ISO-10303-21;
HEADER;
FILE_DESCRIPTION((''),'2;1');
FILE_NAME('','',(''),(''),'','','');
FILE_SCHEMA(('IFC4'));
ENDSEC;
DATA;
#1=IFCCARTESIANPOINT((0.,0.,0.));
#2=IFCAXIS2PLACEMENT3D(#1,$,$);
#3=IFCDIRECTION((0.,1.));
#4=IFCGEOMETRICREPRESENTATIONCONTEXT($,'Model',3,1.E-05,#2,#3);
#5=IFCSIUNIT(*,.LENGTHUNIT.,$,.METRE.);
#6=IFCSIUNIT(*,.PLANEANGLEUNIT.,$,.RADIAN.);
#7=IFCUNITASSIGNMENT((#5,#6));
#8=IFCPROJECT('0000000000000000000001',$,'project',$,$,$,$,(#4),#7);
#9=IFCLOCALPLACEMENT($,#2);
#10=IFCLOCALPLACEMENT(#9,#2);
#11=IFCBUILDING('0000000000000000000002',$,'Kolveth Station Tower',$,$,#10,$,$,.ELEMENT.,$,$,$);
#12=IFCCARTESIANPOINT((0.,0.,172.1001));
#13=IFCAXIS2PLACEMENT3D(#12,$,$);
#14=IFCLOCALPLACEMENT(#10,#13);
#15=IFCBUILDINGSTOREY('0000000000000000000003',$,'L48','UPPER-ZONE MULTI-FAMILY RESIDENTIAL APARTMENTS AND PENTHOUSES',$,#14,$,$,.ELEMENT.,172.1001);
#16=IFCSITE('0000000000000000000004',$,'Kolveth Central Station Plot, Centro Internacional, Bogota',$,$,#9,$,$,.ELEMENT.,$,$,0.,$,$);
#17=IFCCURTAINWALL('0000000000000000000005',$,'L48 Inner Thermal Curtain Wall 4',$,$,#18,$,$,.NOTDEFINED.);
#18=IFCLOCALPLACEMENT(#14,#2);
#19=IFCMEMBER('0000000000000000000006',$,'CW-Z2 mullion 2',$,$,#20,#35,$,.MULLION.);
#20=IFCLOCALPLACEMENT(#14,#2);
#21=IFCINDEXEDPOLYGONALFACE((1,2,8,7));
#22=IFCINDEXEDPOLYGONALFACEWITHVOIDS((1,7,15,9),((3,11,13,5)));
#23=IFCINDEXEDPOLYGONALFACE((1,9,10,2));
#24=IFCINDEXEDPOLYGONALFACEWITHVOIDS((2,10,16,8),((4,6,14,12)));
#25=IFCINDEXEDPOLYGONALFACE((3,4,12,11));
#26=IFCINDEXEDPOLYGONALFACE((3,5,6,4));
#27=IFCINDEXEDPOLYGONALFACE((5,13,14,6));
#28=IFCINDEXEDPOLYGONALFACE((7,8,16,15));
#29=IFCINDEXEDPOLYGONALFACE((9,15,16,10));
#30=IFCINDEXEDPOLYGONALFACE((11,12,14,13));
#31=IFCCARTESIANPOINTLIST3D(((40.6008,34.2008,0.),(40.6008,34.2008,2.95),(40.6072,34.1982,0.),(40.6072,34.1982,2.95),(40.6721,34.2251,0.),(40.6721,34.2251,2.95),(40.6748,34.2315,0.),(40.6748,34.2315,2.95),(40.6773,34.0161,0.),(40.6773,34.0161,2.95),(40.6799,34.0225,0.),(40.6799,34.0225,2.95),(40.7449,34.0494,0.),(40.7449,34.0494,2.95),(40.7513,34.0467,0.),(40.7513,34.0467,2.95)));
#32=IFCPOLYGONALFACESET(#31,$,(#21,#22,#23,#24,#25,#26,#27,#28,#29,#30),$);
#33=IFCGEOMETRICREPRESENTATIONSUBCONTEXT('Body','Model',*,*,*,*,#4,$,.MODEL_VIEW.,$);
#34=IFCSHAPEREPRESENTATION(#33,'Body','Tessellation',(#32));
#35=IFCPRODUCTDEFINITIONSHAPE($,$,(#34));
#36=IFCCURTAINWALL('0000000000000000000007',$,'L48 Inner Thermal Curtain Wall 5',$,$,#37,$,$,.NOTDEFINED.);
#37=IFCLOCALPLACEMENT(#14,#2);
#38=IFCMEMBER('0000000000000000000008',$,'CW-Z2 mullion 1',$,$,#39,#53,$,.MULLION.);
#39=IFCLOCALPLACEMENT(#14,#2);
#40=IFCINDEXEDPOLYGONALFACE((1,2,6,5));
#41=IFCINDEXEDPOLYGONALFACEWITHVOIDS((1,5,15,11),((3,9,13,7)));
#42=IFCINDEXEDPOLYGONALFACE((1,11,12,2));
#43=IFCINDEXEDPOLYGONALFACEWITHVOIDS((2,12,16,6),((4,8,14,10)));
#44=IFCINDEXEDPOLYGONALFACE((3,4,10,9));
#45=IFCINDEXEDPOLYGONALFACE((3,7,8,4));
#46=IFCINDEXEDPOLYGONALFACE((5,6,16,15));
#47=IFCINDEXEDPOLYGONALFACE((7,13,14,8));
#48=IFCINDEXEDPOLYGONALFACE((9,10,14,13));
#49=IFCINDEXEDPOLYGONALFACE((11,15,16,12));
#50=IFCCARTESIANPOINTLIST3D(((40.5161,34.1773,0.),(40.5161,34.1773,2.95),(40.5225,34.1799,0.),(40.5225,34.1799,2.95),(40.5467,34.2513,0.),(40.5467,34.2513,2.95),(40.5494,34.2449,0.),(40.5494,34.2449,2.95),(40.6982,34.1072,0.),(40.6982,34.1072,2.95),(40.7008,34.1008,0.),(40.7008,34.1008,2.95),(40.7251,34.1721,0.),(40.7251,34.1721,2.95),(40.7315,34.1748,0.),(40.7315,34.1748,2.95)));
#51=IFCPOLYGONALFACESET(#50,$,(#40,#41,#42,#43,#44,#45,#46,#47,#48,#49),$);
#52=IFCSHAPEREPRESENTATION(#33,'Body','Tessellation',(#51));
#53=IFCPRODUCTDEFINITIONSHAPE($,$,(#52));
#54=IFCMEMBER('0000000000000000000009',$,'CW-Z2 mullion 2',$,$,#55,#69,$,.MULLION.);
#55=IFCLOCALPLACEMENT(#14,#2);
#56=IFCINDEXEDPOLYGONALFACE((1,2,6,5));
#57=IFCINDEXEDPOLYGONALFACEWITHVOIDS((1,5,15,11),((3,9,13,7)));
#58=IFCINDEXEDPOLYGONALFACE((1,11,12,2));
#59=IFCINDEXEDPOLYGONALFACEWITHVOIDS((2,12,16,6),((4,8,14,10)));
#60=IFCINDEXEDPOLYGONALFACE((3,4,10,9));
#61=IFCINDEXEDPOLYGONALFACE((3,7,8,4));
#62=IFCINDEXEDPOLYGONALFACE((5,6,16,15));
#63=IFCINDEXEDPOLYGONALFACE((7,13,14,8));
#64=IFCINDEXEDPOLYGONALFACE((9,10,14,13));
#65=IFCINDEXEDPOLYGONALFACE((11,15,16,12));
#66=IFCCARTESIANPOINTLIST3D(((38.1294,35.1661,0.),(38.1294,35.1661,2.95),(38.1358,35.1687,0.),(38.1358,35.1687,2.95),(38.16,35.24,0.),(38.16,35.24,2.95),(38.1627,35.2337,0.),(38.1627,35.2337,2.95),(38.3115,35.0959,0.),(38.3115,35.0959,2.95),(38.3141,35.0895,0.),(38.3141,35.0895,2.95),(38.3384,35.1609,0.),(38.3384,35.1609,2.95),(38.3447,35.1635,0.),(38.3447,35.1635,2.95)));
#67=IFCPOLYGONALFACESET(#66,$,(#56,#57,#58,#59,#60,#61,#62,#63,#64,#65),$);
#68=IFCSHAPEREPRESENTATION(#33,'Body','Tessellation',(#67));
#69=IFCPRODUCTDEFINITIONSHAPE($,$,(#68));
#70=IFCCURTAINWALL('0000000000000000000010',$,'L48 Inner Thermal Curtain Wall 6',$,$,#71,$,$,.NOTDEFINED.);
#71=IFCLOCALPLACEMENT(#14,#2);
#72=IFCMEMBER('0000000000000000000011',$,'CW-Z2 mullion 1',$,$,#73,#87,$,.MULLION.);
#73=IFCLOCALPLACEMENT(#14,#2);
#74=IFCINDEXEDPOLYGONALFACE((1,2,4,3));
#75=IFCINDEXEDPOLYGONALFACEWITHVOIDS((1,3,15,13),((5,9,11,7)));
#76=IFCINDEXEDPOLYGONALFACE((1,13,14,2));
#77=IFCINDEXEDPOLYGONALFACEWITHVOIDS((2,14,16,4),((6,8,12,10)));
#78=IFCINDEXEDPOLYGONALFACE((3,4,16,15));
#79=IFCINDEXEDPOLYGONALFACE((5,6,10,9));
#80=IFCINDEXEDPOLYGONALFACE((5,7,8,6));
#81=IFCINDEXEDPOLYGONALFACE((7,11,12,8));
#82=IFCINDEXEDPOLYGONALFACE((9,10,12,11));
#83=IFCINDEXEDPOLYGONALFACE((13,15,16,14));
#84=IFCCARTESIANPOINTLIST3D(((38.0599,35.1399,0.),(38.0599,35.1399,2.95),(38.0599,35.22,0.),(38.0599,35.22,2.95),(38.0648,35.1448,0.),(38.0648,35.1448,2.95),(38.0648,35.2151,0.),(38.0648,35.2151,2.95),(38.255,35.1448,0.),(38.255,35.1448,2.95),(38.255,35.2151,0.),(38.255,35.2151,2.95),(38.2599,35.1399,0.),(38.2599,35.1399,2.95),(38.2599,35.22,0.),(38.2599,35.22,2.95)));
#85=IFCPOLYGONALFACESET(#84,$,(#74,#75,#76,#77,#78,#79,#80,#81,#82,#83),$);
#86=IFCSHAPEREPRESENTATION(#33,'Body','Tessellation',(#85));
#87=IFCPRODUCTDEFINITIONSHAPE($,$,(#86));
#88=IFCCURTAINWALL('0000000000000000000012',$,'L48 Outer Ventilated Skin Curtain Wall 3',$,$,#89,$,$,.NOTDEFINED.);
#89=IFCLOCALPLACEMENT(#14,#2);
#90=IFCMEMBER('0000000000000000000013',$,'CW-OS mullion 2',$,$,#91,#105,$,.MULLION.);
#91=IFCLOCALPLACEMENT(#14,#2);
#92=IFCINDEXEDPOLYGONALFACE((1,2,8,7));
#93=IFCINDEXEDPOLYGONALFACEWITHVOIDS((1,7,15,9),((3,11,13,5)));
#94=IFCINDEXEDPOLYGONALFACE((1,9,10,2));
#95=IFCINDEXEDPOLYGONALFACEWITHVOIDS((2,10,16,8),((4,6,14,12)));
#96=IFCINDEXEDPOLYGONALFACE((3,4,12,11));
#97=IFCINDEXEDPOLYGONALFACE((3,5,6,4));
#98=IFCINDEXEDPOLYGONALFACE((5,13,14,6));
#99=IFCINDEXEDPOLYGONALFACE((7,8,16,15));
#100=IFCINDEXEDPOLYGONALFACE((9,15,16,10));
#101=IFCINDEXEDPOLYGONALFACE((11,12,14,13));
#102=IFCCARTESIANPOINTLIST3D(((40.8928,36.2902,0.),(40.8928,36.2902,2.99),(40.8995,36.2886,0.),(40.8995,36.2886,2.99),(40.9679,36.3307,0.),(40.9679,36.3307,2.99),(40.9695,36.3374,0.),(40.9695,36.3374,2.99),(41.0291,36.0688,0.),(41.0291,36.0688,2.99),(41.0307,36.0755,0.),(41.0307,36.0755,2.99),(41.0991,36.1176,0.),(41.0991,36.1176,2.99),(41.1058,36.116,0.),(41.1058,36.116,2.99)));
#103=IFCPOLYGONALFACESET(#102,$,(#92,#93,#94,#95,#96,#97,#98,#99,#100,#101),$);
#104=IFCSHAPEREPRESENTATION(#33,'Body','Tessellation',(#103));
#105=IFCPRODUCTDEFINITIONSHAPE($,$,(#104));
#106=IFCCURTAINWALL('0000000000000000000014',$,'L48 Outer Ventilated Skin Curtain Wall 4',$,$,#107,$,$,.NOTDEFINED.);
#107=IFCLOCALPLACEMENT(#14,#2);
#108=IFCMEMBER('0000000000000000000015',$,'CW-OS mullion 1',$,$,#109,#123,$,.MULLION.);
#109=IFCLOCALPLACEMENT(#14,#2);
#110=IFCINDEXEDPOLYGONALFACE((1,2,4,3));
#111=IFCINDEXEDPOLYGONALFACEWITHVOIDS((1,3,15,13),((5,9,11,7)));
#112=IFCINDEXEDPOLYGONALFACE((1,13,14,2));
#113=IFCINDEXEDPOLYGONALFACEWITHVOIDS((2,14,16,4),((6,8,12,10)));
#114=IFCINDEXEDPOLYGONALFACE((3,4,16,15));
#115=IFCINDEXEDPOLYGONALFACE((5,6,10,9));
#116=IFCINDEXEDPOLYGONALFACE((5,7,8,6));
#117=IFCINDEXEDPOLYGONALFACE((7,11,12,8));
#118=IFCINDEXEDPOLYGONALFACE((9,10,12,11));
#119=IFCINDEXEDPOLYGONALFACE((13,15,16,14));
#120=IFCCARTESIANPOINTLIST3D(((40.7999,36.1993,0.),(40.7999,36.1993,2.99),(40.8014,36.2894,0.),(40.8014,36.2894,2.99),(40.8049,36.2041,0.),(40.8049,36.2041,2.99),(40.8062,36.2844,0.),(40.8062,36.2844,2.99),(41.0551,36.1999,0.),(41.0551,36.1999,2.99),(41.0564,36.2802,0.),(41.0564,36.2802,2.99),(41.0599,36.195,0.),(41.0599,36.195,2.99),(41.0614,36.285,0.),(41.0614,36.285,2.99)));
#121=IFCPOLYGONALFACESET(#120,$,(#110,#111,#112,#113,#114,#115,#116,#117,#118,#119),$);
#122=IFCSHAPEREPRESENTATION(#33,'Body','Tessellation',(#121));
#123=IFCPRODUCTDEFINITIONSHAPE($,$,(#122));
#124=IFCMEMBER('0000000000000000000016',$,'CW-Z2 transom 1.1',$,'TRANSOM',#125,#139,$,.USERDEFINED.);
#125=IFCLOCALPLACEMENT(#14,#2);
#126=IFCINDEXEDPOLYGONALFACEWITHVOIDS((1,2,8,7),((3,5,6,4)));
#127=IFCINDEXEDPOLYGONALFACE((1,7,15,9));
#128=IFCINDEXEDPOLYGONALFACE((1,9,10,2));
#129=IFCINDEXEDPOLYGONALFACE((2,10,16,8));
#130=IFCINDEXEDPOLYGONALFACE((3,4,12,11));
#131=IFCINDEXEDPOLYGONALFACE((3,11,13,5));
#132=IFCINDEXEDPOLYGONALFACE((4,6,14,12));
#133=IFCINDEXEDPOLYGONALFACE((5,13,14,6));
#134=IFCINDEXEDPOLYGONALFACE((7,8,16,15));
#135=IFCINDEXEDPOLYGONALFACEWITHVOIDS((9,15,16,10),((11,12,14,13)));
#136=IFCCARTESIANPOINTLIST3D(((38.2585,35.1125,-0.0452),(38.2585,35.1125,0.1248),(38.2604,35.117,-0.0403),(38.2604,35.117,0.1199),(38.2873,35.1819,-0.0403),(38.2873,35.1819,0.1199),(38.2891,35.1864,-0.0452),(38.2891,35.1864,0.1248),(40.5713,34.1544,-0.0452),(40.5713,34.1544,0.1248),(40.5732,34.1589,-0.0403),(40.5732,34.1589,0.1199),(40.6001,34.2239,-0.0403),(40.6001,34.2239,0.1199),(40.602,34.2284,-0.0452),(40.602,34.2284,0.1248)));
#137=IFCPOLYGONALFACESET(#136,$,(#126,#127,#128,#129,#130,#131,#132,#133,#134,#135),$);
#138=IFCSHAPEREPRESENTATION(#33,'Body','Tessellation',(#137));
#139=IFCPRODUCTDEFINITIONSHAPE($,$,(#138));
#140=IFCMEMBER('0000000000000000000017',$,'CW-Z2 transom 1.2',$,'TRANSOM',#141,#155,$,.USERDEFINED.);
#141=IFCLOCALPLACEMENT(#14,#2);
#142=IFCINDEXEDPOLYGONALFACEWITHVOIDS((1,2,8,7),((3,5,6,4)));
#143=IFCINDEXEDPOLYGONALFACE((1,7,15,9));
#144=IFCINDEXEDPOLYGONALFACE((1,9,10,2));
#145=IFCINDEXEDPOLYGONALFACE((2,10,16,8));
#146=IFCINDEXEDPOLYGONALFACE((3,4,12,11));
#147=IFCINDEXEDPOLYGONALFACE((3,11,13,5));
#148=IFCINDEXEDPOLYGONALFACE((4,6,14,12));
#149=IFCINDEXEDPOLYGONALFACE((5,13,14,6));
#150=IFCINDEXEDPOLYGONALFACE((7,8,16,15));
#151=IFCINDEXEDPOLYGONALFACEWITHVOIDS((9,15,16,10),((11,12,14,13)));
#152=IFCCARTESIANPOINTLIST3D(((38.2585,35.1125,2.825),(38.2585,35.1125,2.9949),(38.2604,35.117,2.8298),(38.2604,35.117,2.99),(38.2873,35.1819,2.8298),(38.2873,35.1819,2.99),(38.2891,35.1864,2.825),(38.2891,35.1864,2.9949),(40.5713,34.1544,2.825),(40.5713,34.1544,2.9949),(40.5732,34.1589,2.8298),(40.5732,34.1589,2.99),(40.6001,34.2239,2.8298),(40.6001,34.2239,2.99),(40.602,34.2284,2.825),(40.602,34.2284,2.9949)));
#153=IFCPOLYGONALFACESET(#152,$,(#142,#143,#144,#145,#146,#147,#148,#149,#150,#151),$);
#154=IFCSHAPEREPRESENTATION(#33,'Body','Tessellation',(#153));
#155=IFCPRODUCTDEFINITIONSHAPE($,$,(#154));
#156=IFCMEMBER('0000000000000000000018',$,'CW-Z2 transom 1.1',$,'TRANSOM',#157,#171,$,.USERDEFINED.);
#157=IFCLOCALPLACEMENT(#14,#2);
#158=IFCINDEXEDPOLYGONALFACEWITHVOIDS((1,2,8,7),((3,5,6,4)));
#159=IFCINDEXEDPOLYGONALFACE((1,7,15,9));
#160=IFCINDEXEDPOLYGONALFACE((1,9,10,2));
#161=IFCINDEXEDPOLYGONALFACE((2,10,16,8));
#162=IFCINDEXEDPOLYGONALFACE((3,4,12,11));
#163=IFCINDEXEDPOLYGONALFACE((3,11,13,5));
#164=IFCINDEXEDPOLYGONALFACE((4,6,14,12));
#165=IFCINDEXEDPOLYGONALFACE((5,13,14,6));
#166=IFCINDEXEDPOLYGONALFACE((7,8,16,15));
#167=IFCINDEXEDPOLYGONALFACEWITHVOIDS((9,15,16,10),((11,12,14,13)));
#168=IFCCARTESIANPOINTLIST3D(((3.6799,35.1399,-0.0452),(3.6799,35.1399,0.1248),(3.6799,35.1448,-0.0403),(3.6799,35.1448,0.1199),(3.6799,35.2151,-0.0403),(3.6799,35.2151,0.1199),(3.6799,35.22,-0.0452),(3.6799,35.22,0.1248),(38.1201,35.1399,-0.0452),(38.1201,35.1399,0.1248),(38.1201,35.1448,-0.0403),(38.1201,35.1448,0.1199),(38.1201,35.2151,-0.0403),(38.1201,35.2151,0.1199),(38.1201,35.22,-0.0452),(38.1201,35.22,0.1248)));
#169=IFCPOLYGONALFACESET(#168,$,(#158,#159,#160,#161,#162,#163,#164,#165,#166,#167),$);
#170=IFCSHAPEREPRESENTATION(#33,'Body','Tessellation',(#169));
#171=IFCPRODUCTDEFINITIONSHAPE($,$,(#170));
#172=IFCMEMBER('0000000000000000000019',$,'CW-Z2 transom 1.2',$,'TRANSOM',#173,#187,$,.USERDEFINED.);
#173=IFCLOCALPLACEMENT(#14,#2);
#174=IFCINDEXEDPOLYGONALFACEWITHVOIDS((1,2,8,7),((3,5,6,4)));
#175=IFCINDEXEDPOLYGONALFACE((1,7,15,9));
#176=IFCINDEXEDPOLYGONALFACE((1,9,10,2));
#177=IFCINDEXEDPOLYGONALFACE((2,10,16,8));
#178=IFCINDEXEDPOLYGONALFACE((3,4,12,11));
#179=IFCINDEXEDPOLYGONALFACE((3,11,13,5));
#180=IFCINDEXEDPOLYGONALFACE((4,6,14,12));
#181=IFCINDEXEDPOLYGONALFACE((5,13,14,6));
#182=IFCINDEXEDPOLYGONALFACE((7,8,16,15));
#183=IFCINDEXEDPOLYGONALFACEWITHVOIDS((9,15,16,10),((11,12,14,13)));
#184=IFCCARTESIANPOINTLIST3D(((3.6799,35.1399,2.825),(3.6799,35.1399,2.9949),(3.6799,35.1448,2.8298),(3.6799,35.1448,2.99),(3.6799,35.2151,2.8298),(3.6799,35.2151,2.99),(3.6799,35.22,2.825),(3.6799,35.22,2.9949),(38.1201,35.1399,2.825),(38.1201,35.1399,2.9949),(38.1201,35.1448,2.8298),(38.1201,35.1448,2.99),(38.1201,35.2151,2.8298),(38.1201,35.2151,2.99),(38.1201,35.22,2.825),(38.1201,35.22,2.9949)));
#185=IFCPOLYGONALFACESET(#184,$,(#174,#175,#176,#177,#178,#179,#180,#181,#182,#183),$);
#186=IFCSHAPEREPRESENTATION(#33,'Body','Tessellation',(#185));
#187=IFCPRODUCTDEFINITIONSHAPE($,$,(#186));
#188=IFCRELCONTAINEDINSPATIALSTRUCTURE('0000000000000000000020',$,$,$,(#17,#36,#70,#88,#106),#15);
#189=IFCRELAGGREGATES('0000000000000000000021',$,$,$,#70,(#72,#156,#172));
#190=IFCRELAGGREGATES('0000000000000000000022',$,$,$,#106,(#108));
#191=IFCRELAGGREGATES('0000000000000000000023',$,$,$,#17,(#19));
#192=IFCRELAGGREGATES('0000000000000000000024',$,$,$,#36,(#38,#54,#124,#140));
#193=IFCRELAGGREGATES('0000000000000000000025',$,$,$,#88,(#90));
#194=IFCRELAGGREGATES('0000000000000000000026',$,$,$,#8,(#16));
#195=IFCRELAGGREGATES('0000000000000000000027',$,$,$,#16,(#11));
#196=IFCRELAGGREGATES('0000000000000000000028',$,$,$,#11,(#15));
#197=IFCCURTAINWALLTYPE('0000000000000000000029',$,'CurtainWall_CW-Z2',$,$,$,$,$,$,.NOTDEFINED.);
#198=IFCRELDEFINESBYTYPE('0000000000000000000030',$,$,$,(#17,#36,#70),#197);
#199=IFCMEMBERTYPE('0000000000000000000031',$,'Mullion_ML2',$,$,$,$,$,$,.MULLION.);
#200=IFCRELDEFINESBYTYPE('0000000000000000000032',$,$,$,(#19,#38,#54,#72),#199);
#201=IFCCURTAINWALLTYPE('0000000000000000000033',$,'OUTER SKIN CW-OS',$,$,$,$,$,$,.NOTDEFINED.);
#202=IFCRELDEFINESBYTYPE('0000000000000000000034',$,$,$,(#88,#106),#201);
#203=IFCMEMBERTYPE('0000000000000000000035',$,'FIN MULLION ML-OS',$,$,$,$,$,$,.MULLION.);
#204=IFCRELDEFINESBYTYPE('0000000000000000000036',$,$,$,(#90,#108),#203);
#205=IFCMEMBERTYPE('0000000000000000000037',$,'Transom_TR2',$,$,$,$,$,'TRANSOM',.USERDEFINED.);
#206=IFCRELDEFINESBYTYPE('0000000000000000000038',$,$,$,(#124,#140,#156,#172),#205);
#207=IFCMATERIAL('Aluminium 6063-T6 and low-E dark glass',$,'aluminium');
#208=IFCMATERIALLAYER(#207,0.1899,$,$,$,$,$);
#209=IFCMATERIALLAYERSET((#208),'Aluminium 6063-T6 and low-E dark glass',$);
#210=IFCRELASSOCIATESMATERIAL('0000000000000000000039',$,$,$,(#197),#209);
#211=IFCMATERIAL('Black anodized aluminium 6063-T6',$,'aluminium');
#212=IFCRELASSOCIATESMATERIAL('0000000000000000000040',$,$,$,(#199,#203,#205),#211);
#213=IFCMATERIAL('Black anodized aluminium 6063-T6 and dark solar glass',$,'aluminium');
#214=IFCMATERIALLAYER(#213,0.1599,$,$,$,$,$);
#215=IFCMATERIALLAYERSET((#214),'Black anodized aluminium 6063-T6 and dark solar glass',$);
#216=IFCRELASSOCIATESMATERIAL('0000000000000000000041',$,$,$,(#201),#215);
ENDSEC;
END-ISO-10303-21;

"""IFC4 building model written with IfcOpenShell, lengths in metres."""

from ifc_helpers import new_model, si_unit, direction, frame, origin, origin_2d, place, context, subcontext, project, spatial, hollow_rectangle, extrude, source, transform, mapped, material, layer, layer_set, material_profile, profile_set, type_object, element, aggregate, save


model = new_model("IFC4")

# Units and contexts
model_context = context("Model", 3, precision=1e-05, world=origin(), true_north=direction((0.0, 1.0)))
body_context = subcontext(model_context, "Body", "Model", "MODEL_VIEW")
ifc_project = project(units=[si_unit("LENGTHUNIT", "METRE"), si_unit("PLANEANGLEUNIT", "RADIAN")], contexts=[model_context])

# Site, building, storey
site_placement = place(None, origin())
site = spatial("IfcSite", under=ifc_project, at=site_placement, Name="Kolveth Central Station Plot, Centro Internacional, Bogota", CompositionType="ELEMENT", RefElevation=0.0)
building_placement = place(site_placement, origin())
building = spatial("IfcBuilding", under=site, at=building_placement, Name="Kolveth Station Tower", CompositionType="ELEMENT")
storey_placement = place(building_placement, frame((0.0, 0.0, 172.1001)))
storey = spatial("IfcBuildingStorey", under=building, at=storey_placement, Name="L48", Description="UPPER-ZONE MULTI-FAMILY RESIDENTIAL APARTMENTS AND PENTHOUSES", CompositionType="ELEMENT", Elevation=172.1001)

# Curtain wall, member
ifc_material_1 = material(Name="Aluminium 6063-T6 and low-E dark glass", Category="aluminium")
ifc_layer_1 = layer(ifc_material_1, 0.1899)
ifc_layer_set_1 = layer_set([ifc_layer_1], Name="Aluminium 6063-T6 and low-E dark glass")
curtain_wall_type_1 = type_object("IfcCurtainWallType", Name="CurtainWall_CW-Z2", PredefinedType="NOTDEFINED", material=ifc_layer_set_1)
curtain_wall_1_placement = place(storey_placement, origin())
curtain_wall_1 = element("IfcCurtainWall", 1, at=curtain_wall_1_placement, inside=storey, type_object=curtain_wall_type_1, Name="L48 Inner Thermal Curtain Wall 4", PredefinedType="NOTDEFINED")
ifc_material_2 = material(Name="Black anodized aluminium 6063-T6", Category="aluminium")
ifc_material_profile_1 = material_profile(ifc_material_2, hollow_rectangle(XDim=0.0801, YDim=0.2, WallThickness=0.0049, at=origin_2d()), Name="ALU-80x200x5")
ifc_profile_set_1 = profile_set([ifc_material_profile_1], Name="Black anodized aluminium 6063-T6")
member_type_1 = type_object("IfcMemberType", Name="Mullion_ML2", PredefinedType="MULLION", material=ifc_profile_set_1)
shared_shape_1 = source(origin(), body_context, "Body", "SweptSolid", [
    extrude(hollow_rectangle(XDim=0.0801, YDim=0.2, WallThickness=0.0049, at=origin_2d()), origin(), (0.0, 0.0, 1.0), 2.95),
])
member_1_placement = place(storey_placement, frame((40.676, 34.1238, 0.0), z_axis=(0.0, 0.0, 1.0), x_axis=(-0.923874, -0.382698, 0.0)))
member_1 = element("IfcMember", 2, at=member_1_placement, type_object=member_type_1, Name="CW-Z2 mullion 2", PredefinedType="MULLION", context=body_context, shape_type="MappedRepresentation", body=[
    mapped(shared_shape_1, transform((0.0, 0.0, 0.0), x_axis=(1.0, 0.0, 0.0), y_axis=(0.0, 1.0, 0.0), z_axis=(0.0, 0.0, 1.0), scale=1.0)),
])

# Curtain wall, members
curtain_wall_2_placement = place(storey_placement, origin())
curtain_wall_2 = element("IfcCurtainWall", 3, at=curtain_wall_2_placement, inside=storey, type_object=curtain_wall_type_1, Name="L48 Inner Thermal Curtain Wall 5", PredefinedType="NOTDEFINED")
member_2_placement = place(storey_placement, frame((40.6238, 34.176, 0.0), z_axis=(0.0, 0.0, 1.0), x_axis=(-0.382698, -0.923874, 0.0)))
member_2 = element("IfcMember", 4, at=member_2_placement, type_object=member_type_1, Name="CW-Z2 mullion 1", PredefinedType="MULLION", context=body_context, shape_type="MappedRepresentation", body=[
    mapped(shared_shape_1, transform((0.0, 0.0, 0.0), x_axis=(1.0, 0.0, 0.0), y_axis=(0.0, 1.0, 0.0), z_axis=(0.0, 0.0, 1.0), scale=1.0)),
])
member_3_placement = place(storey_placement, frame((38.2371, 35.1648, 0.0), z_axis=(0.0, 0.0, 1.0), x_axis=(-0.382698, -0.923874, 0.0)))
member_3 = element("IfcMember", 5, at=member_3_placement, type_object=member_type_1, Name="CW-Z2 mullion 2", PredefinedType="MULLION", context=body_context, shape_type="MappedRepresentation", body=[
    mapped(shared_shape_1, transform((0.0, 0.0, 0.0), x_axis=(1.0, 0.0, 0.0), y_axis=(0.0, 1.0, 0.0), z_axis=(0.0, 0.0, 1.0), scale=1.0)),
])

# Curtain walls, members
curtain_wall_3_placement = place(storey_placement, origin())
curtain_wall_3 = element("IfcCurtainWall", 6, at=curtain_wall_3_placement, inside=storey, type_object=curtain_wall_type_1, Name="L48 Inner Thermal Curtain Wall 6", PredefinedType="NOTDEFINED")
member_4_placement = place(storey_placement, frame((38.1599, 35.1799, 0.0), z_axis=(0.0, 0.0, 1.0), x_axis=(0.0, -1.0, 0.0)))
member_4 = element("IfcMember", 7, at=member_4_placement, type_object=member_type_1, Name="CW-Z2 mullion 1", PredefinedType="MULLION", context=body_context, shape_type="MappedRepresentation", body=[
    mapped(shared_shape_1, transform((0.0, 0.0, 0.0), x_axis=(1.0, 0.0, 0.0), y_axis=(0.0, 1.0, 0.0), z_axis=(0.0, 0.0, 1.0), scale=1.0)),
])
ifc_material_3 = material(Name="Black anodized aluminium 6063-T6 and dark solar glass", Category="aluminium")
ifc_layer_2 = layer(ifc_material_3, 0.1599)
ifc_layer_set_2 = layer_set([ifc_layer_2], Name="Black anodized aluminium 6063-T6 and dark solar glass")
curtain_wall_type_2 = type_object("IfcCurtainWallType", Name="OUTER SKIN CW-OS", PredefinedType="NOTDEFINED", material=ifc_layer_set_2)
curtain_wall_4_placement = place(storey_placement, origin())
curtain_wall_4 = element("IfcCurtainWall", 8, at=curtain_wall_4_placement, inside=storey, type_object=curtain_wall_type_2, Name="L48 Outer Ventilated Skin Curtain Wall 3", PredefinedType="NOTDEFINED")
ifc_material_profile_2 = material_profile(ifc_material_2, hollow_rectangle(XDim=0.0901, YDim=0.26, WallThickness=0.0049, at=origin_2d()), Name="ALU-90x260x5")
ifc_profile_set_2 = profile_set([ifc_material_profile_2], Name="Black anodized aluminium 6063-T6")
member_type_2 = type_object("IfcMemberType", Name="FIN MULLION ML-OS", PredefinedType="MULLION", material=ifc_profile_set_2)
shared_shape_2 = source(origin(), body_context, "Body", "SweptSolid", [
    extrude(hollow_rectangle(XDim=0.0901, YDim=0.26, WallThickness=0.0049, at=origin_2d()), origin(), (0.0, 0.0, 1.0), 2.99),
])
member_5_placement = place(storey_placement, frame((40.9993, 36.2031, 0.0), z_axis=(0.0, 0.0, 1.0), x_axis=(-0.851538, -0.524293, 0.0)))
member_5 = element("IfcMember", 9, at=member_5_placement, type_object=member_type_2, Name="CW-OS mullion 2", PredefinedType="MULLION", context=body_context, shape_type="MappedRepresentation", body=[
    mapped(shared_shape_2, transform((0.0, 0.0, 0.0), x_axis=(1.0, 0.0, 0.0), y_axis=(0.0, 1.0, 0.0), z_axis=(0.0, 0.0, 1.0), scale=1.0)),
])
curtain_wall_5_placement = place(storey_placement, origin())
curtain_wall_5 = element("IfcCurtainWall", 10, at=curtain_wall_5_placement, inside=storey, type_object=curtain_wall_type_2, Name="L48 Outer Ventilated Skin Curtain Wall 4", PredefinedType="NOTDEFINED")
member_6_placement = place(storey_placement, frame((40.9307, 36.2422, 0.0), z_axis=(0.0, 0.0, 1.0), x_axis=(-0.0168, -0.999859, 0.0)))
member_6 = element("IfcMember", 11, at=member_6_placement, type_object=member_type_2, Name="CW-OS mullion 1", PredefinedType="MULLION", context=body_context, shape_type="MappedRepresentation", body=[
    mapped(shared_shape_2, transform((0.0, 0.0, 0.0), x_axis=(1.0, 0.0, 0.0), y_axis=(0.0, 1.0, 0.0), z_axis=(0.0, 0.0, 1.0), scale=1.0)),
])

# Members
ifc_material_profile_3 = material_profile(ifc_material_2, hollow_rectangle(XDim=0.0801, YDim=0.1699, WallThickness=0.0049, at=origin_2d()), Name="ALU-80x170x5")
ifc_profile_set_3 = profile_set([ifc_material_profile_3], Name="Black anodized aluminium 6063-T6")
member_type_3 = type_object("IfcMemberType", Name="Transom_TR2", ElementType="TRANSOM", PredefinedType="USERDEFINED", material=ifc_profile_set_3)
shared_shape_3 = source(origin(), body_context, "Body", "SweptSolid", [
    extrude(hollow_rectangle(XDim=0.0801, YDim=0.1699, WallThickness=0.0049, at=origin_2d()), origin(), (0.0, 0.0, 1.0), 2.5034),
])
member_7_placement = place(storey_placement, frame((40.5867, 34.1914, 0.0398), z_axis=(-0.923874, 0.382696, 0.0), x_axis=(-0.382696, -0.923874, 0.0)))
member_7 = element("IfcMember", 12, at=member_7_placement, type_object=member_type_3, Name="CW-Z2 transom 1.1", ObjectType="TRANSOM", PredefinedType="USERDEFINED", context=body_context, shape_type="MappedRepresentation", body=[
    mapped(shared_shape_3, transform((0.0, 0.0, 0.0), x_axis=(1.0, 0.0, 0.0), y_axis=(0.0, 1.0, 0.0), z_axis=(0.0, 0.0, 1.0), scale=1.0)),
])
member_8_placement = place(storey_placement, frame((40.5867, 34.1914, 2.9099), z_axis=(-0.923874, 0.382696, 0.0), x_axis=(-0.382696, -0.923874, 0.0)))
member_8 = element("IfcMember", 13, at=member_8_placement, type_object=member_type_3, Name="CW-Z2 transom 1.2", ObjectType="TRANSOM", PredefinedType="USERDEFINED", context=body_context, shape_type="MappedRepresentation", body=[
    mapped(shared_shape_3, transform((0.0, 0.0, 0.0), x_axis=(1.0, 0.0, 0.0), y_axis=(0.0, 1.0, 0.0), z_axis=(0.0, 0.0, 1.0), scale=1.0)),
])
shared_shape_4 = source(origin(), body_context, "Body", "SweptSolid", [
    extrude(hollow_rectangle(XDim=0.0801, YDim=0.1699, WallThickness=0.0049, at=origin_2d()), origin(), (0.0, 0.0, 1.0), 34.4402),
])
member_9_placement = place(storey_placement, frame((38.1201, 35.1799, 0.0398), z_axis=(-1.0, 0.0, 0.0), x_axis=(0.0, -1.0, 0.0)))
member_9 = element("IfcMember", 14, at=member_9_placement, type_object=member_type_3, Name="CW-Z2 transom 1.1", ObjectType="TRANSOM", PredefinedType="USERDEFINED", context=body_context, shape_type="MappedRepresentation", body=[
    mapped(shared_shape_4, transform((0.0, 0.0, 0.0), x_axis=(1.0, 0.0, 0.0), y_axis=(0.0, 1.0, 0.0), z_axis=(0.0, 0.0, 1.0), scale=1.0)),
])
member_10_placement = place(storey_placement, frame((38.1201, 35.1799, 2.9099), z_axis=(-1.0, 0.0, 0.0), x_axis=(0.0, -1.0, 0.0)))
member_10 = element("IfcMember", 15, at=member_10_placement, type_object=member_type_3, Name="CW-Z2 transom 1.2", ObjectType="TRANSOM", PredefinedType="USERDEFINED", context=body_context, shape_type="MappedRepresentation", body=[
    mapped(shared_shape_4, transform((0.0, 0.0, 0.0), x_axis=(1.0, 0.0, 0.0), y_axis=(0.0, 1.0, 0.0), z_axis=(0.0, 0.0, 1.0), scale=1.0)),
])
aggregate(curtain_wall_3, [member_4, member_9, member_10])
aggregate(curtain_wall_5, [member_6])

aggregate(curtain_wall_1, [member_1])
aggregate(curtain_wall_2, [member_2, member_3, member_7, member_8])
aggregate(curtain_wall_4, [member_5])

save(model, "model.ifc")
